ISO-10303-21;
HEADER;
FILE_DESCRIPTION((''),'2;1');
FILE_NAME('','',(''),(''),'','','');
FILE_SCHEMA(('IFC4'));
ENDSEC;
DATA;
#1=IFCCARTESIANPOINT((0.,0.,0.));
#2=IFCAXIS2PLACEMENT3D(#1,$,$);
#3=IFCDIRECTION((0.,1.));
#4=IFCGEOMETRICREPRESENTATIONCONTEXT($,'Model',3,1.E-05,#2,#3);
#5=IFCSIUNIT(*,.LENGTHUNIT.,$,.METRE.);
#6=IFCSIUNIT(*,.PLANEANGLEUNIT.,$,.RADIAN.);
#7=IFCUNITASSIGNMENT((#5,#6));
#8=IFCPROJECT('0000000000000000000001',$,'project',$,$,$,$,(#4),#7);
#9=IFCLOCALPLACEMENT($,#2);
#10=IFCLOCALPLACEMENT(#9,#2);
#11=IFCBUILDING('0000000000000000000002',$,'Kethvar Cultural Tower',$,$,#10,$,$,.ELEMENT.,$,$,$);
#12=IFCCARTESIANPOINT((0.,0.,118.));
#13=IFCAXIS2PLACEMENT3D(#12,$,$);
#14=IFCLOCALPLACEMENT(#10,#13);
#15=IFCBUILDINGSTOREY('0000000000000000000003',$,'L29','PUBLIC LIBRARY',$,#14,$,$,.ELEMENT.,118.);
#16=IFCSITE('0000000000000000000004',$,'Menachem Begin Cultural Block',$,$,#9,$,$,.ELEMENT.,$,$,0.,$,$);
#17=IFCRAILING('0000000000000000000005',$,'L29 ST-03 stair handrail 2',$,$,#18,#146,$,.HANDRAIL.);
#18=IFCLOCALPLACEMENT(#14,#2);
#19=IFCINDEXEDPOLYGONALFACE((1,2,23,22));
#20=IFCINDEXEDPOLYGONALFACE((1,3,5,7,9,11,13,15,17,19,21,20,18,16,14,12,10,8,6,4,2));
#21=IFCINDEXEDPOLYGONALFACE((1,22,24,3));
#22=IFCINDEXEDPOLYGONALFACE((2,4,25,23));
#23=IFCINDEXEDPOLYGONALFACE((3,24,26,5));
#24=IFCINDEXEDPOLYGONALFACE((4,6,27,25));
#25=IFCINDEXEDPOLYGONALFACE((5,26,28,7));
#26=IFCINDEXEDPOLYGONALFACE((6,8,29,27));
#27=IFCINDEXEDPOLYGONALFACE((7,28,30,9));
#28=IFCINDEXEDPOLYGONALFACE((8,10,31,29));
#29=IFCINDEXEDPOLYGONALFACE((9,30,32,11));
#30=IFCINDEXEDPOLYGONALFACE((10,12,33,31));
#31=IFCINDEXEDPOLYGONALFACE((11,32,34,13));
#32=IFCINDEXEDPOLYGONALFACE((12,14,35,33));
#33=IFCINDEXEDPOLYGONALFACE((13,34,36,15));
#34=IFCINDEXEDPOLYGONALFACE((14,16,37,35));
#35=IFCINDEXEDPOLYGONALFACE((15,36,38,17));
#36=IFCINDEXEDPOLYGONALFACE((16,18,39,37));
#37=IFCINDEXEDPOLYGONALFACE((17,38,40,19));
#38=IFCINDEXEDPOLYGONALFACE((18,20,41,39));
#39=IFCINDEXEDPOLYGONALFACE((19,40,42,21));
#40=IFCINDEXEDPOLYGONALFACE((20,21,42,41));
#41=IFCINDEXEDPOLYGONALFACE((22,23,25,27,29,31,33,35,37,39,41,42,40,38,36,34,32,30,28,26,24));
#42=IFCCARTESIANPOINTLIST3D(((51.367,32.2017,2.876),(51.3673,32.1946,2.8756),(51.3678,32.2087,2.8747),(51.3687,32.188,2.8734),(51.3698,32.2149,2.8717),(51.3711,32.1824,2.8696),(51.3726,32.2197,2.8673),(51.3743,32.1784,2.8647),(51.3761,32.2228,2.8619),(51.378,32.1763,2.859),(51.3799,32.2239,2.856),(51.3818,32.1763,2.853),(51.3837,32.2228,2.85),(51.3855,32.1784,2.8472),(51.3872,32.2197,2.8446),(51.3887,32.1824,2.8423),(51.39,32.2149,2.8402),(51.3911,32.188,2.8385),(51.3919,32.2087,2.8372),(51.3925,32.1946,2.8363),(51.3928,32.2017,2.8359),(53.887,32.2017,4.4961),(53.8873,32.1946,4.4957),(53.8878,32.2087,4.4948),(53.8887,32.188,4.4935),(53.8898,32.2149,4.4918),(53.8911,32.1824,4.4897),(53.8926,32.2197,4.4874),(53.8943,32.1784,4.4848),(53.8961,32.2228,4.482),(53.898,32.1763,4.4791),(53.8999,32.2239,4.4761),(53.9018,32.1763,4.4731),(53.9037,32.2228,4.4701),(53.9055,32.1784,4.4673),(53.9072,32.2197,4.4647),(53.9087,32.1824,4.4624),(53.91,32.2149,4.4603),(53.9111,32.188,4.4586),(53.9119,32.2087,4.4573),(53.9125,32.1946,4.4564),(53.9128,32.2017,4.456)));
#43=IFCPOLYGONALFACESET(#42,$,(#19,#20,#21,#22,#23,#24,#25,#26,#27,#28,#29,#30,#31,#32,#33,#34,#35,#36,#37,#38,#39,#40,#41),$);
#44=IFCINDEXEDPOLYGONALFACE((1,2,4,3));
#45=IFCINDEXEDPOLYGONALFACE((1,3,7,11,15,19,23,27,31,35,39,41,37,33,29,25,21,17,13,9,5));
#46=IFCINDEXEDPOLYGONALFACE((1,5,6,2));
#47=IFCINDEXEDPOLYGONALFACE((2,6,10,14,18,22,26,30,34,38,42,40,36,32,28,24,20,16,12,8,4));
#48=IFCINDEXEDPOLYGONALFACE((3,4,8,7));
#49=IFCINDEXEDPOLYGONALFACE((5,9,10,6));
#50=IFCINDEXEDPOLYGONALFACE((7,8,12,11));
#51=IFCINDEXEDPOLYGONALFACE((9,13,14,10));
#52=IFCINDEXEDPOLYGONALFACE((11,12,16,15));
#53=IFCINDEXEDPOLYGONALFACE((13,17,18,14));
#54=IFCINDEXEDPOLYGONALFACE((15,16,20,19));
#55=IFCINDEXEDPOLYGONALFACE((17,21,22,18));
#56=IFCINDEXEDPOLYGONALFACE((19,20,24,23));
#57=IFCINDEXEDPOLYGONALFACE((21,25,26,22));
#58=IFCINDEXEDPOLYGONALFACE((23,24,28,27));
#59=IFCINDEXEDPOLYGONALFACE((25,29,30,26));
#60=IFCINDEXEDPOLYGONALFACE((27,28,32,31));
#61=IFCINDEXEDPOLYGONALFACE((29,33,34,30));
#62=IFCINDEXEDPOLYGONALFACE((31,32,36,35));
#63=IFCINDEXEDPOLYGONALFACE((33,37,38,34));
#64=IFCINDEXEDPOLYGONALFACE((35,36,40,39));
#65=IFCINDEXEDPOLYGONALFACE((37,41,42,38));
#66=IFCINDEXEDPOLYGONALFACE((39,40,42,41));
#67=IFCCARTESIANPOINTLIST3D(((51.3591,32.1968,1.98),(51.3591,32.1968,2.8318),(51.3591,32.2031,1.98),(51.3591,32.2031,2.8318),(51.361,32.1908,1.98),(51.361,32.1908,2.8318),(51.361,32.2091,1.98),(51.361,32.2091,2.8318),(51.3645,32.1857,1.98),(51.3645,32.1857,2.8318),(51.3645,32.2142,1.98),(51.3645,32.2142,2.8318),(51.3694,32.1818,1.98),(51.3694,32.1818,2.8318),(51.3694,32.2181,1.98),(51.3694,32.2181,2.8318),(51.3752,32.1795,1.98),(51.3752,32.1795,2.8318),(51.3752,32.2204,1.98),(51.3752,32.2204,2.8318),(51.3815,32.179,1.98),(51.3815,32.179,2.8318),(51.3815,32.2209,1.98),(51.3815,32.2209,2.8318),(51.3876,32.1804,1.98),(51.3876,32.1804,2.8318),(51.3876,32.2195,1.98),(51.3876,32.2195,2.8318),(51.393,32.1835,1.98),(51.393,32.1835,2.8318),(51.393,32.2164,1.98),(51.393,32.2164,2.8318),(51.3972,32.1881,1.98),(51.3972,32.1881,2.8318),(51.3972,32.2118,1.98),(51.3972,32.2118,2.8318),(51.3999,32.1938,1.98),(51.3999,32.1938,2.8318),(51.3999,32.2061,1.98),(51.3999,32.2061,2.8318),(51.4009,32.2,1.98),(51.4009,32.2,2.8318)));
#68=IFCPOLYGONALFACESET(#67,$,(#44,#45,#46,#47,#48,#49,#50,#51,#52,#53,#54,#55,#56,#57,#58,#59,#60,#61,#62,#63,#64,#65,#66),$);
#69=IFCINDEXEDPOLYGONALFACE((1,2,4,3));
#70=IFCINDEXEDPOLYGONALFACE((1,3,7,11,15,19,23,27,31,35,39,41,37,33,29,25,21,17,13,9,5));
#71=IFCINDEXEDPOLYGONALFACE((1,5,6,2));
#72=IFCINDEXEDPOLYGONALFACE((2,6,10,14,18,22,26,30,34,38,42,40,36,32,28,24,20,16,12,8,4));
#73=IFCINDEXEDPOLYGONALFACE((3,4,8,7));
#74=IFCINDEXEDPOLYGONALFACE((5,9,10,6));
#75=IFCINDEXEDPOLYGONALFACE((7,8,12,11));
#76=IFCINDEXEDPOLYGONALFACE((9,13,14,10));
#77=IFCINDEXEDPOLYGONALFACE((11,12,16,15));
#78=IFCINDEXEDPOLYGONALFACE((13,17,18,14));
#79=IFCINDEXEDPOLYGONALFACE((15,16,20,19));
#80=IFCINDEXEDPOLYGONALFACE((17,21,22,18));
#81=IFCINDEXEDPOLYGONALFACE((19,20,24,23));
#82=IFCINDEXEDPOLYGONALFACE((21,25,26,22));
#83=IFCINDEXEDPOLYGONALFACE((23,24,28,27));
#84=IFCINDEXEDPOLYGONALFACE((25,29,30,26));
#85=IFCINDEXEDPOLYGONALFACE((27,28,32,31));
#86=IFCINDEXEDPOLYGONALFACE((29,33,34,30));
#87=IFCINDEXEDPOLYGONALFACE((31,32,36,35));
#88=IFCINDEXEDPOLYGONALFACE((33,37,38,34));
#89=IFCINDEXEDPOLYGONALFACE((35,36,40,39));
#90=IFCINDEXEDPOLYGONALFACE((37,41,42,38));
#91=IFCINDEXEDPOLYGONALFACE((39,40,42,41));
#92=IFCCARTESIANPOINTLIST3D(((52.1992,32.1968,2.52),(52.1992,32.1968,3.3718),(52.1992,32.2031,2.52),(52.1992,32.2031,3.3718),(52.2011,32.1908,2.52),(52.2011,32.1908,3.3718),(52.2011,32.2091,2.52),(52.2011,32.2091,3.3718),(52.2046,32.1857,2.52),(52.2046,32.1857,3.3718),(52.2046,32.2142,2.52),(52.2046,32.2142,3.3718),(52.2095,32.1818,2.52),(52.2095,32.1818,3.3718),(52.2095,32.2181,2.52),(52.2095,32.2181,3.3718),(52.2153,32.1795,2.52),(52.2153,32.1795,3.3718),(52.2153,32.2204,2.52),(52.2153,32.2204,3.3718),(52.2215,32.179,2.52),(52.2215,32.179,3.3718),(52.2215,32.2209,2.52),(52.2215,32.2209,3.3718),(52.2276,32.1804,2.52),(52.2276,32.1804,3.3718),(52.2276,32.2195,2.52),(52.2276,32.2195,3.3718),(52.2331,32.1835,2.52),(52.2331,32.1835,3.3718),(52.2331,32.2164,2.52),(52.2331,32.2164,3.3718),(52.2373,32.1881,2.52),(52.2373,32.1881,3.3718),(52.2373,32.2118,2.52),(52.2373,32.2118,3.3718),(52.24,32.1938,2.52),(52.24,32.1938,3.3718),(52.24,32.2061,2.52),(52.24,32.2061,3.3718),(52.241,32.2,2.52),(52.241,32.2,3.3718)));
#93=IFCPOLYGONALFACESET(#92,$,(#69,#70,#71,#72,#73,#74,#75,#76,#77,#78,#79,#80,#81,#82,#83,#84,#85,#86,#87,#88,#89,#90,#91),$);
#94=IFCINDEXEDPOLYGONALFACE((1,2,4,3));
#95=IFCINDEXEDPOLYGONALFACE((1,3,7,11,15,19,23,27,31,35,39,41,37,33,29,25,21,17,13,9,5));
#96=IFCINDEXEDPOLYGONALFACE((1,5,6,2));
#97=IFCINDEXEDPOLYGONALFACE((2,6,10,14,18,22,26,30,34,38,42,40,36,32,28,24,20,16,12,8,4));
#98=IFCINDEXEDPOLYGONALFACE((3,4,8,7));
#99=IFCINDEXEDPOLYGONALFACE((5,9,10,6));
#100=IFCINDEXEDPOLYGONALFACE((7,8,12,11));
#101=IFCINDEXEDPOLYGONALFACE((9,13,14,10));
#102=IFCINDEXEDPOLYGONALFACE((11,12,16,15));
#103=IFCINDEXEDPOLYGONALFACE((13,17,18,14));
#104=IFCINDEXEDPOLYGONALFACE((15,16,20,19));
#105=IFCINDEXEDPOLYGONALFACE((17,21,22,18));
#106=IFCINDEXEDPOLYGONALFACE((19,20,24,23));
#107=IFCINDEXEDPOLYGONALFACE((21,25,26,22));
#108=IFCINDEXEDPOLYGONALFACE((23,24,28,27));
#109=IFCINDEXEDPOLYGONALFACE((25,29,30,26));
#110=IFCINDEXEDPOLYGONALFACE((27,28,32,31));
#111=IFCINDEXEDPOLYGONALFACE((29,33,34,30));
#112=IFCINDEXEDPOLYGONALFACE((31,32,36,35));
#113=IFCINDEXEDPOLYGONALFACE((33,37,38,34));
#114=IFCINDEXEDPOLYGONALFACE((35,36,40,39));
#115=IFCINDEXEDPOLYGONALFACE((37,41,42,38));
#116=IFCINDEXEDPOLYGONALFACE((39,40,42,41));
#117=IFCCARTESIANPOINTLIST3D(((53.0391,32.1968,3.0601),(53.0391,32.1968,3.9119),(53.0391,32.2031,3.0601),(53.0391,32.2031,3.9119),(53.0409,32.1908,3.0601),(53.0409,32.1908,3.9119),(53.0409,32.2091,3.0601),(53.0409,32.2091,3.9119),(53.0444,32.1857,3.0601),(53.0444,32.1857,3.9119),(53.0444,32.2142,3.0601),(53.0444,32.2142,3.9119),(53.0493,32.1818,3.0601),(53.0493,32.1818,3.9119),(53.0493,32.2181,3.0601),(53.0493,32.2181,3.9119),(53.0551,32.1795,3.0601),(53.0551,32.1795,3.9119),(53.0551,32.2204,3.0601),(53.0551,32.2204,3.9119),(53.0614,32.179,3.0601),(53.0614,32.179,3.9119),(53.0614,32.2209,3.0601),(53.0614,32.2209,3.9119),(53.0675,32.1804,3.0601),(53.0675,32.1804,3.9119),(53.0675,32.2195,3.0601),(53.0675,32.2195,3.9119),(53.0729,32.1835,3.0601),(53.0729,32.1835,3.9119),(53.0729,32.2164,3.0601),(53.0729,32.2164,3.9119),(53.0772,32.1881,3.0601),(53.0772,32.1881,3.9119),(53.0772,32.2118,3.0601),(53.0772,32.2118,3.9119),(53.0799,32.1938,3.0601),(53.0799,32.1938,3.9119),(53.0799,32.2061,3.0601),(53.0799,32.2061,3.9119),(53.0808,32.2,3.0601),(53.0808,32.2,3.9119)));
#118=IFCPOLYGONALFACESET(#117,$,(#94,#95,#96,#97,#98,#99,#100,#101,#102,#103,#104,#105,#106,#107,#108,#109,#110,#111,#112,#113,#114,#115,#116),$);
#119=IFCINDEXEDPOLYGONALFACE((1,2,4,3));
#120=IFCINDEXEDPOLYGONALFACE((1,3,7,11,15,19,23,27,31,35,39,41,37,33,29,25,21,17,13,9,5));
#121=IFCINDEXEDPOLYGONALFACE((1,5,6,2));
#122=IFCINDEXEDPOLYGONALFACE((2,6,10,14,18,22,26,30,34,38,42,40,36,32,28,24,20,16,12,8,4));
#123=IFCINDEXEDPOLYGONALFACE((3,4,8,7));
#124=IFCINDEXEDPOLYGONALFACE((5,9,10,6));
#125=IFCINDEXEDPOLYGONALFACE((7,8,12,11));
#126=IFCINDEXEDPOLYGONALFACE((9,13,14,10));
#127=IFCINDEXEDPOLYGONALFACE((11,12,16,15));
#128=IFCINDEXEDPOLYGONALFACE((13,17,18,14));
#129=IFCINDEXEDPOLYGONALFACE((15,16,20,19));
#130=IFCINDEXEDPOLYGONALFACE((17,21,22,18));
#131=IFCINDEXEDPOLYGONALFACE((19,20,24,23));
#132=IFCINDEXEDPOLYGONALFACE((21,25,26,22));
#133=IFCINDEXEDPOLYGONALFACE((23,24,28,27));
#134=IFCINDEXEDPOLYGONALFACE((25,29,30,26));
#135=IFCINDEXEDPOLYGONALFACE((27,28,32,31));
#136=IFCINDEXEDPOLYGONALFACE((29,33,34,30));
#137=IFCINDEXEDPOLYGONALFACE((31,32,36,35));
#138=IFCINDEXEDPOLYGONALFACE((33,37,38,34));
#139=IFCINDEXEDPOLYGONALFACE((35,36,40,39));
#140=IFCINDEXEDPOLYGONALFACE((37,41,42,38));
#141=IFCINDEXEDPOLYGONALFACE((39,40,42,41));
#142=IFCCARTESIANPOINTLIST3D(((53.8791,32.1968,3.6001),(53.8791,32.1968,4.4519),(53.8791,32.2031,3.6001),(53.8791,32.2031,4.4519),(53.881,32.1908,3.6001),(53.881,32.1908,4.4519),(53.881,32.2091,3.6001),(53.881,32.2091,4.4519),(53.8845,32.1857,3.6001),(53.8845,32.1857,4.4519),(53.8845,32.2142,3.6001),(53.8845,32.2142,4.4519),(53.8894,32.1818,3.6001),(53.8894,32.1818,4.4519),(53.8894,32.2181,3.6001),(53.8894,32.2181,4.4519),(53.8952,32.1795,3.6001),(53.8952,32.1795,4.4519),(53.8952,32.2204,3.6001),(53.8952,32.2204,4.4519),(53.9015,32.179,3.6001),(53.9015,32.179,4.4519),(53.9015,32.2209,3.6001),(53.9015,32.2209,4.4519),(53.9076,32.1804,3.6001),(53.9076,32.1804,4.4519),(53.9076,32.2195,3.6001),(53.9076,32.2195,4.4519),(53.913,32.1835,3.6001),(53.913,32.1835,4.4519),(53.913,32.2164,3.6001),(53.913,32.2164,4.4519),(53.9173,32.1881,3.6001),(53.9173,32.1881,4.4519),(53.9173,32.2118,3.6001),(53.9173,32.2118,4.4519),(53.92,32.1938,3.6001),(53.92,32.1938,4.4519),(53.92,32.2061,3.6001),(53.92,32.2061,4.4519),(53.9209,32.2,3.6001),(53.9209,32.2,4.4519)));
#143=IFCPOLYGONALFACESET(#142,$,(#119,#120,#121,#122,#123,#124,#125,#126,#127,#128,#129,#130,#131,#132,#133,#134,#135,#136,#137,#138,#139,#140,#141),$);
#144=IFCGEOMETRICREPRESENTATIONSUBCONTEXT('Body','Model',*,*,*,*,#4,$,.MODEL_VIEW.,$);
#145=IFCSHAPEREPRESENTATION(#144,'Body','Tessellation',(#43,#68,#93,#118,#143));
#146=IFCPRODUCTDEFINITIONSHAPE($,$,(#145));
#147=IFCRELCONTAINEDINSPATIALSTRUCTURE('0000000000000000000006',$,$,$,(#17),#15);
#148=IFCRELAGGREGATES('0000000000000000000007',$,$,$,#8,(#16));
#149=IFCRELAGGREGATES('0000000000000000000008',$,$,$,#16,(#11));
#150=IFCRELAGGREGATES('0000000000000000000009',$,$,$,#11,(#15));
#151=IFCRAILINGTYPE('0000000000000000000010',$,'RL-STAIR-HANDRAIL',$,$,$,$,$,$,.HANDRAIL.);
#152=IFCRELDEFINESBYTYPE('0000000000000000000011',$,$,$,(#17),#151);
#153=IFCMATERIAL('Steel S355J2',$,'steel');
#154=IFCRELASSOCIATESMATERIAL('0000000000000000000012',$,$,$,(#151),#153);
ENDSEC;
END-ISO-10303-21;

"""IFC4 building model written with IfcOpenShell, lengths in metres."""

from ifc_helpers import new_model, si_unit, direction, frame, origin, origin_2d, place, context, subcontext, project, spatial, circle, extrude, material, type_object, element, save


model = new_model("IFC4")

# Units and contexts
model_context = context("Model", 3, precision=1e-05, world=origin(), true_north=direction((0.0, 1.0)))
body_context = subcontext(model_context, "Body", "Model", "MODEL_VIEW")
ifc_project = project(units=[si_unit("LENGTHUNIT", "METRE"), si_unit("PLANEANGLEUNIT", "RADIAN")], contexts=[model_context])

# Site, building, storey
site_placement = place(None, origin())
site = spatial("IfcSite", under=ifc_project, at=site_placement, Name="Menachem Begin Cultural Block", CompositionType="ELEMENT", RefElevation=0.0)
building_placement = place(site_placement, origin())
building = spatial("IfcBuilding", under=site, at=building_placement, Name="Kethvar Cultural Tower", CompositionType="ELEMENT")
storey_placement = place(building_placement, frame((0.0, 0.0, 118.0)))
storey = spatial("IfcBuildingStorey", under=building, at=storey_placement, Name="L29", Description="PUBLIC LIBRARY", CompositionType="ELEMENT", Elevation=118.0)

# Shared definitions
ifc_material_1 = material(Name="Steel S355J2", Category="steel")

# Railing
railing_type_1 = type_object("IfcRailingType", Name="RL-STAIR-HANDRAIL", PredefinedType="HANDRAIL", material=ifc_material_1)
railing_1_placement = place(storey_placement, frame((51.3799, 32.2, 1.98)))
element("IfcRailing", 1, at=railing_1_placement, inside=storey, type_object=railing_type_1, Name="L29 ST-03 stair handrail 2", PredefinedType="HANDRAIL", context=body_context, shape_type="SweptSolid", body=[
    extrude(circle(Radius=0.0239, at=origin_2d()), frame((0.0, 0.0, 0.876), z_axis=(0.841163, 0.0, 0.540782), x_axis=(0.0, 1.0, 0.0)), (0.0, 0.0, 1.0), 2.9958),
    extrude(circle(Radius=0.021, at=origin_2d()), origin(), (0.0, 0.0, 1.0), 0.8518),
    extrude(circle(Radius=0.021, at=origin_2d()), frame((0.8401, 0.0, 0.54)), (0.0, 0.0, 1.0), 0.8518),
    extrude(circle(Radius=0.021, at=origin_2d()), frame((1.6799, 0.0, 1.0801)), (0.0, 0.0, 1.0), 0.8518),
    extrude(circle(Radius=0.021, at=origin_2d()), frame((2.52, 0.0, 1.6201)), (0.0, 0.0, 1.0), 0.8518),
])

save(model, "model.ifc")
